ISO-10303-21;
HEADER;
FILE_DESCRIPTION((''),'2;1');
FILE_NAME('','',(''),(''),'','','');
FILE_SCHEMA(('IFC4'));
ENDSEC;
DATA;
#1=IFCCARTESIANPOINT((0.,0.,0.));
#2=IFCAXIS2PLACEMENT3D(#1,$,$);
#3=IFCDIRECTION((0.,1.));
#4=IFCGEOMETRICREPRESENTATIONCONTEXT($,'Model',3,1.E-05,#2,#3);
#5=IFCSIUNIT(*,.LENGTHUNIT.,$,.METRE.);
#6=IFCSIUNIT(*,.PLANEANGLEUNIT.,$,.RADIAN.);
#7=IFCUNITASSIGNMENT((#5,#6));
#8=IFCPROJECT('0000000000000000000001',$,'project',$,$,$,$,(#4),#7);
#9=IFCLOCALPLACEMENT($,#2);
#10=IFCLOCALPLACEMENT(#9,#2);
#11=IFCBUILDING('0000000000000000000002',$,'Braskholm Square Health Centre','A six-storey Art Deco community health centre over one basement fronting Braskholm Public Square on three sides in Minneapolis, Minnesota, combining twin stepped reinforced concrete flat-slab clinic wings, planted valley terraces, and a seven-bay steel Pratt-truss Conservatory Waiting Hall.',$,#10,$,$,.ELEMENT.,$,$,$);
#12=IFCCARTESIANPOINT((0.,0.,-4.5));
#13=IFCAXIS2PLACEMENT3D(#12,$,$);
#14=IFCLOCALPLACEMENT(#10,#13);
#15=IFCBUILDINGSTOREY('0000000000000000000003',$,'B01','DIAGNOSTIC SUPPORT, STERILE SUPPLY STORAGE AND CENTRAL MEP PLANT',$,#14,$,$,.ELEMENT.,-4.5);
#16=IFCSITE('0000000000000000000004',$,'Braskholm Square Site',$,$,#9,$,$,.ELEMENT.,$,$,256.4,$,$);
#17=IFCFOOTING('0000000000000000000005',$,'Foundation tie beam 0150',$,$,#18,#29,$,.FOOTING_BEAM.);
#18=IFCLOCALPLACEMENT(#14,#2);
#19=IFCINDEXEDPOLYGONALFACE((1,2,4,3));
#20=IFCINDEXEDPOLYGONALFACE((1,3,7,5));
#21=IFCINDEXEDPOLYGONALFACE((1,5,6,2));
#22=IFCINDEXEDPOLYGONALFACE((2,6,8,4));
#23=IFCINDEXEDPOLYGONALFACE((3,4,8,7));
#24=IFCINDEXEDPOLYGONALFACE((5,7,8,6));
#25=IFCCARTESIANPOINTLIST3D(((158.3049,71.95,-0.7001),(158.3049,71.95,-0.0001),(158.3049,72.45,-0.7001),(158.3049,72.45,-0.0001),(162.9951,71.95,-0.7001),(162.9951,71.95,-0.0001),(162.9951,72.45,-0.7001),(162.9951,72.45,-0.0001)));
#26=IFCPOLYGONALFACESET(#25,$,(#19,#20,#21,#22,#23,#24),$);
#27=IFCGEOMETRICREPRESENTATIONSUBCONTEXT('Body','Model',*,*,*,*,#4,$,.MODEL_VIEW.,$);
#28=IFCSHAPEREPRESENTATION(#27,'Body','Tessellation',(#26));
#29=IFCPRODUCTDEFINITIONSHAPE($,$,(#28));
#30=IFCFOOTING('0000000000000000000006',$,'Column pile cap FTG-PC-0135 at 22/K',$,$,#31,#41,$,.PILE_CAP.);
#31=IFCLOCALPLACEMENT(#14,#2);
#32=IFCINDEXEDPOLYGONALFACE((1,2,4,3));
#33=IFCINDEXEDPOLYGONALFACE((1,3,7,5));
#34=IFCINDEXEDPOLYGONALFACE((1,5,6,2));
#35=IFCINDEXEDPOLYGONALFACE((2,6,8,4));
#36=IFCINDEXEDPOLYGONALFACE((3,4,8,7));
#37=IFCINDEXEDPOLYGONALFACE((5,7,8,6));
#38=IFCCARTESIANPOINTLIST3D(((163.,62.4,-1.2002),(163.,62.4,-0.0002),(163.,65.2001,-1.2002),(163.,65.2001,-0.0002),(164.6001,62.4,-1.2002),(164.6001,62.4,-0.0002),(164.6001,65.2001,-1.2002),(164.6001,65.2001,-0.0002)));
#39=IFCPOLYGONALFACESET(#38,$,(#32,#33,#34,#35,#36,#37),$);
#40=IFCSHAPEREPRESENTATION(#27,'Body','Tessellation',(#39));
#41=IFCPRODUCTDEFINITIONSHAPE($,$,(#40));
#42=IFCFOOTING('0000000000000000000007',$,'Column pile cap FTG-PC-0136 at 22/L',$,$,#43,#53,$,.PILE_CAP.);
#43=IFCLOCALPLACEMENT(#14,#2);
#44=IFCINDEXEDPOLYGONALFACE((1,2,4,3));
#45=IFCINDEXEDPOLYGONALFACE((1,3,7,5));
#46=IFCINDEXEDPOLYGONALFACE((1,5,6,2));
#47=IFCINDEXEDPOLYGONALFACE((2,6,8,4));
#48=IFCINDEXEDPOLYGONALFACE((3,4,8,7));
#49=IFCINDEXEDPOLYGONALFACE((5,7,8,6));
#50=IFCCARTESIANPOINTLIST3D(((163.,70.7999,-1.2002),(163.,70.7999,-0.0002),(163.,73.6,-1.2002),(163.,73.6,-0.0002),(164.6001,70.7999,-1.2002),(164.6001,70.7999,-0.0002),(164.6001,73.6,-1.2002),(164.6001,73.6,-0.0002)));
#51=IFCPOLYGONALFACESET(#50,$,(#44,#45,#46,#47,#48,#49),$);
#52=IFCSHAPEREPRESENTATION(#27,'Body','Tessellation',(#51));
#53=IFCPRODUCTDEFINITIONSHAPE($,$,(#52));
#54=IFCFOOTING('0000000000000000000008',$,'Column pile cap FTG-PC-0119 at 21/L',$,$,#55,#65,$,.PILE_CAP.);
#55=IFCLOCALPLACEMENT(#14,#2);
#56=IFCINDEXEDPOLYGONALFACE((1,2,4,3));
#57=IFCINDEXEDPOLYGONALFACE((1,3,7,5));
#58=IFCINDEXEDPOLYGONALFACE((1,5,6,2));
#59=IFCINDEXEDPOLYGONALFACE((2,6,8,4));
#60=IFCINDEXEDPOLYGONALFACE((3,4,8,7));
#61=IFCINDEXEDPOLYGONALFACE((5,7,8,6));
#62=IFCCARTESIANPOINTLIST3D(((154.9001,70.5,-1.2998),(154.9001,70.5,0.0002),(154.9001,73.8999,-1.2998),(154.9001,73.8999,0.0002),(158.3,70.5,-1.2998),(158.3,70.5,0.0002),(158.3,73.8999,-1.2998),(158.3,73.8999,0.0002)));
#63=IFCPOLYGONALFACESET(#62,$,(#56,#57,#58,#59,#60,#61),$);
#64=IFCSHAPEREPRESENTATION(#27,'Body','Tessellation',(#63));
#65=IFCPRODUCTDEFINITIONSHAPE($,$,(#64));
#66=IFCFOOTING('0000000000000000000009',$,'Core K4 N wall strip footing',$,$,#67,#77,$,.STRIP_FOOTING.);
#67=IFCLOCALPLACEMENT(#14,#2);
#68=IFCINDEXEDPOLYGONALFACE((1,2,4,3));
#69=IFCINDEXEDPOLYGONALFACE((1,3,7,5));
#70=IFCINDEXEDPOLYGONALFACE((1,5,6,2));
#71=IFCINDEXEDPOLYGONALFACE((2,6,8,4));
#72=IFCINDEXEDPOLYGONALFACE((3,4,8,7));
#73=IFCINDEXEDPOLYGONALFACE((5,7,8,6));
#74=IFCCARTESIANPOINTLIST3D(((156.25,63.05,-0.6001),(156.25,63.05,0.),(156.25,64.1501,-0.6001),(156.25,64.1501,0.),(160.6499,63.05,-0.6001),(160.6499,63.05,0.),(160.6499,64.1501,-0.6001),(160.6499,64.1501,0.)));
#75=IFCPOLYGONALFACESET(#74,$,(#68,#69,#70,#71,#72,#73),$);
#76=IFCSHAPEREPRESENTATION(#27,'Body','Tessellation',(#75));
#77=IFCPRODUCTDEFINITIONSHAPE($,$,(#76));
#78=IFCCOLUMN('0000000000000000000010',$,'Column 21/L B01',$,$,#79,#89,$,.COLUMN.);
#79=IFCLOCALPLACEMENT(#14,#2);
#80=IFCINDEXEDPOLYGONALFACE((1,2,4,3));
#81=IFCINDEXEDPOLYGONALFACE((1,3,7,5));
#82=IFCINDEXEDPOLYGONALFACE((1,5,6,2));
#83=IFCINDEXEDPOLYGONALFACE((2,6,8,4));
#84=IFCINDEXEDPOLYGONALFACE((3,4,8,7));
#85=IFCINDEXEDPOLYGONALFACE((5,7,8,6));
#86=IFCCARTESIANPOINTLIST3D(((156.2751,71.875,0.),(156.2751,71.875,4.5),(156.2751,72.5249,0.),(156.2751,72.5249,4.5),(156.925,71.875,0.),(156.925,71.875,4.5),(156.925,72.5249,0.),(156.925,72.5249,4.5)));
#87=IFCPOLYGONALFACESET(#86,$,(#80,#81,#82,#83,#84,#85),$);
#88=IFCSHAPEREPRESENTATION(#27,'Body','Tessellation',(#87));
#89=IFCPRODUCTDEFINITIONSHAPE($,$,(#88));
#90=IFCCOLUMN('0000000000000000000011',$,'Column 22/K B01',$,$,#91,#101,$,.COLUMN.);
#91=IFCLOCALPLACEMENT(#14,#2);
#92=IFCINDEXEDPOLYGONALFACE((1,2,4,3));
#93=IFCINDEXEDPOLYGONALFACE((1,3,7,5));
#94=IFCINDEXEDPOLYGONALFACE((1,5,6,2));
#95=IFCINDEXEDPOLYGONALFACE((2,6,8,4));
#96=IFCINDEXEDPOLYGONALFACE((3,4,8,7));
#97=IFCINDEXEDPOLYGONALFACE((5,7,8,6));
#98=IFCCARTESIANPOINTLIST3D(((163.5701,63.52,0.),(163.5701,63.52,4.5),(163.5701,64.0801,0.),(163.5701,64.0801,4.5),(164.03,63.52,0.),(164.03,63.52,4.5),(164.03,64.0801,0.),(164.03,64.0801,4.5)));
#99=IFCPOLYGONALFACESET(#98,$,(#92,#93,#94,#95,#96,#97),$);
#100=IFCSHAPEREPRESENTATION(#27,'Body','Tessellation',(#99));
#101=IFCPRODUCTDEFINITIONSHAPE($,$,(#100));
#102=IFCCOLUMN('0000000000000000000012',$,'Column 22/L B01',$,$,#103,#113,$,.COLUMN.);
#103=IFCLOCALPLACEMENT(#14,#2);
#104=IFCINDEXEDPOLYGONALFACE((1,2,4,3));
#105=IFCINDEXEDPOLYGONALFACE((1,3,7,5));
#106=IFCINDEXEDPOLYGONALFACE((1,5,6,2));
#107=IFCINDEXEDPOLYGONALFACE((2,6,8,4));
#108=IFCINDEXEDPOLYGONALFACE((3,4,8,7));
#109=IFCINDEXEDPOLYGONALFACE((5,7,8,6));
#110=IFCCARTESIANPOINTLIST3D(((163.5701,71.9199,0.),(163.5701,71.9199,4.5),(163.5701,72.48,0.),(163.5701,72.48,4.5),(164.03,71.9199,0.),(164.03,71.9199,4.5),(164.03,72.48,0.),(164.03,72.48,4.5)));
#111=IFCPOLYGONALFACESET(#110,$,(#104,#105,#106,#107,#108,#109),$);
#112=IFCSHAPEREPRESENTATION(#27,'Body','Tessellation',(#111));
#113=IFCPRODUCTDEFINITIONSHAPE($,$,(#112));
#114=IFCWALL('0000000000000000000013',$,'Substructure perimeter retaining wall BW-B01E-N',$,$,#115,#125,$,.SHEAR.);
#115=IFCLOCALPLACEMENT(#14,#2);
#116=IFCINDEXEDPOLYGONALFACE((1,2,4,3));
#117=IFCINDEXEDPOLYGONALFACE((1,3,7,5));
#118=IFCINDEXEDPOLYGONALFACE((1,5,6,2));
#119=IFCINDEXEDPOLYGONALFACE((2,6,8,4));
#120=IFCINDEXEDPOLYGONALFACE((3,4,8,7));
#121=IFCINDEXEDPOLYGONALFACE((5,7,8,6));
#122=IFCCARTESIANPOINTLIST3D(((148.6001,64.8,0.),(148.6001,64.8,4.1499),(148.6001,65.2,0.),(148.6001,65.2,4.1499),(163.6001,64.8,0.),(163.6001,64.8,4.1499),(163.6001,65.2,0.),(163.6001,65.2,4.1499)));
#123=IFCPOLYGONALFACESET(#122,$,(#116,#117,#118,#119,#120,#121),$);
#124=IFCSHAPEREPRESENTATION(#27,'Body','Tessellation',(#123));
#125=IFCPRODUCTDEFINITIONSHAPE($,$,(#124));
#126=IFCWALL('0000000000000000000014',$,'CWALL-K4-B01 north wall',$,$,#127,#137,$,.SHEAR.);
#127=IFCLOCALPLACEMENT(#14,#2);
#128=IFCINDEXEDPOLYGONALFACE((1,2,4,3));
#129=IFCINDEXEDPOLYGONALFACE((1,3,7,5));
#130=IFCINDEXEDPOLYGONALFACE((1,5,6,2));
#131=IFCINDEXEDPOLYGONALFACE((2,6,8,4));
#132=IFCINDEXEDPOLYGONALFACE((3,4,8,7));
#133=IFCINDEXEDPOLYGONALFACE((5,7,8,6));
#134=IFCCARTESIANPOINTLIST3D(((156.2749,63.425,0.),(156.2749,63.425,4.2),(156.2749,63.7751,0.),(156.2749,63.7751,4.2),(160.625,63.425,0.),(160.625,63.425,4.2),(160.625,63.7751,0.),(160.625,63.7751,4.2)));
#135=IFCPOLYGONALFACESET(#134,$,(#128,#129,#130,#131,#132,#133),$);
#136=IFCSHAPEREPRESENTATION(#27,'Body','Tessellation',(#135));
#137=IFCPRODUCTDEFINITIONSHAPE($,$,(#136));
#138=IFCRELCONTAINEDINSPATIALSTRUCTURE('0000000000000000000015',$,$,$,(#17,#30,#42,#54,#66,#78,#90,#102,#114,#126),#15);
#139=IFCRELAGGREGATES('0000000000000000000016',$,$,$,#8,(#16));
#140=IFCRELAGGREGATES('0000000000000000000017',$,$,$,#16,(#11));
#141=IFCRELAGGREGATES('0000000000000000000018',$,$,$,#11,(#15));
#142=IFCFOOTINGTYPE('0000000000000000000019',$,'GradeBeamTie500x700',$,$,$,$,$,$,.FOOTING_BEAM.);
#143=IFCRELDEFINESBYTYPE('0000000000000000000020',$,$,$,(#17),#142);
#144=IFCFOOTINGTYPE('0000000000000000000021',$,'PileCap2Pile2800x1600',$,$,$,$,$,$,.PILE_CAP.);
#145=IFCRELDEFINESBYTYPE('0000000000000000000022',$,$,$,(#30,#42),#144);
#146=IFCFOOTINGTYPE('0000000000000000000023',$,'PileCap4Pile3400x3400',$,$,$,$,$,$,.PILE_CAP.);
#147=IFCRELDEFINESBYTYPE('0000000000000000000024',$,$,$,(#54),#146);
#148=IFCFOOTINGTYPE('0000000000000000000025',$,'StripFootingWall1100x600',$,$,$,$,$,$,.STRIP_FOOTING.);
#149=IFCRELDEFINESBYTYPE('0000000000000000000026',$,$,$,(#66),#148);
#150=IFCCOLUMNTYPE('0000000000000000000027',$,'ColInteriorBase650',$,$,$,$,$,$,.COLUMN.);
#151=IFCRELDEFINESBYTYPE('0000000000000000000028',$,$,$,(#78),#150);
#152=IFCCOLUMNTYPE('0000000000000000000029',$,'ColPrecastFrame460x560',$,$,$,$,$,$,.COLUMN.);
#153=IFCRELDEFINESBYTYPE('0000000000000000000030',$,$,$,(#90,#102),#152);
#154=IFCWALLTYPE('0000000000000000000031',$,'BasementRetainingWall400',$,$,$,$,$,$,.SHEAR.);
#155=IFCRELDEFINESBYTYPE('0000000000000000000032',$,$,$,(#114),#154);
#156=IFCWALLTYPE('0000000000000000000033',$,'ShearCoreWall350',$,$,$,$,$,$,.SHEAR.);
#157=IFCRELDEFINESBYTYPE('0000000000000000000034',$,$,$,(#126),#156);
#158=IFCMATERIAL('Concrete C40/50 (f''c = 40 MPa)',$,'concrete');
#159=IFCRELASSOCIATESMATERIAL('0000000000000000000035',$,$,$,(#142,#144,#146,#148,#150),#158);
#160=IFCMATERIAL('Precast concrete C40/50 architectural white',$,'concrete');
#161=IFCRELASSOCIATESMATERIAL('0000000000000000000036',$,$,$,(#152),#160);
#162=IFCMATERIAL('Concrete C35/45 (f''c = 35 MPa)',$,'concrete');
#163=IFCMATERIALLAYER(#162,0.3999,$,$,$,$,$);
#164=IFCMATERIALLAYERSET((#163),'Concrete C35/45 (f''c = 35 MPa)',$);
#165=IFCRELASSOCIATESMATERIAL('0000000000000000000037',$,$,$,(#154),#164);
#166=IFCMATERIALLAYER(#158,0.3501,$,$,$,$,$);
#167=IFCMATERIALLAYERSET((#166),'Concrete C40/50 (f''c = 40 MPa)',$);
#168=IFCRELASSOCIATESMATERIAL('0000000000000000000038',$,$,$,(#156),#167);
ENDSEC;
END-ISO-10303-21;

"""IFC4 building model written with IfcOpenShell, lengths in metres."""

from ifc_helpers import new_model, si_unit, direction, frame, frame_2d, origin, origin_2d, place, context, subcontext, project, spatial, rectangle, extrude, material, layer, layer_set, material_profile, profile_set, type_object, element, save


model = new_model("IFC4")

# Units and contexts
model_context = context("Model", 3, precision=1e-05, world=origin(), true_north=direction((0.0, 1.0)))
body_context = subcontext(model_context, "Body", "Model", "MODEL_VIEW")
ifc_project = project(units=[si_unit("LENGTHUNIT", "METRE"), si_unit("PLANEANGLEUNIT", "RADIAN")], contexts=[model_context])

# Site, building, storey
site_placement = place(None, origin())
site = spatial("IfcSite", under=ifc_project, at=site_placement, Name="Braskholm Square Site", CompositionType="ELEMENT", RefElevation=256.4)
building_placement = place(site_placement, origin())
building = spatial("IfcBuilding", under=site, at=building_placement, Name="Braskholm Square Health Centre", Description="A six-storey Art Deco community health centre over one basement fronting Braskholm Public Square on three sides in Minneapolis, Minnesota, combining twin stepped reinforced concrete flat-slab clinic wings, planted valley terraces, and a seven-bay steel Pratt-truss Conservatory Waiting Hall.", CompositionType="ELEMENT")
storey_placement = place(building_placement, frame((0.0, 0.0, -4.5)))
storey = spatial("IfcBuildingStorey", under=building, at=storey_placement, Name="B01", Description="DIAGNOSTIC SUPPORT, STERILE SUPPLY STORAGE AND CENTRAL MEP PLANT", CompositionType="ELEMENT", Elevation=-4.5)

# Shared definitions
ifc_material_1 = material(Name="Concrete C40/50 (f'c = 40 MPa)", Category="concrete")

# Footings
ifc_material_profile_1 = material_profile(ifc_material_1, rectangle(XDim=0.5, YDim=0.7, at=origin_2d()), Name="FTG-500X700")
ifc_profile_set_1 = profile_set([ifc_material_profile_1], Name="Concrete C40/50 (f'c = 40 MPa)")
footing_type_1 = type_object("IfcFootingType", Name="GradeBeamTie500x700", PredefinedType="FOOTING_BEAM", material=ifc_profile_set_1)
footing_1_placement = place(storey_placement, frame((158.3049, 72.2, -0.3501), z_axis=(1.0, 0.0, 0.0), x_axis=(0.0, 1.0, 0.0)))
element("IfcFooting", 1, at=footing_1_placement, inside=storey, type_object=footing_type_1, Name="Foundation tie beam 0150", PredefinedType="FOOTING_BEAM", context=body_context, shape_type="SweptSolid", body=[
    extrude(rectangle(XDim=0.5, YDim=0.7, at=origin_2d()), origin(), (0.0, 0.0, 1.0), 4.6902),
])
footing_type_2 = type_object("IfcFootingType", Name="PileCap2Pile2800x1600", PredefinedType="PILE_CAP", material=ifc_material_1)
for number, where, z_axis, x_axis, name in (
    (2, (163.8, 63.8, -1.2002), (0.0, 0.0, 1.0), (0.0, 1.0, 0.0), "Column pile cap FTG-PC-0135 at 22/K"),
    (3, (163.8, 72.2, -1.2002), (0.0, 0.0, 1.0), (0.0, 1.0, 0.0), "Column pile cap FTG-PC-0136 at 22/L"),
):
    element("IfcFooting", number, at=place(storey_placement, frame(where, z_axis=z_axis, x_axis=x_axis)), inside=storey, type_object=footing_type_2, Name=name, PredefinedType="PILE_CAP", context=body_context, shape_type="SweptSolid", body=[
        extrude(rectangle(XDim=2.8, YDim=1.6001, at=origin_2d()), origin(), (0.0, 0.0, 1.0), 1.2),
    ])
footing_type_3 = type_object("IfcFootingType", Name="PileCap4Pile3400x3400", PredefinedType="PILE_CAP", material=ifc_material_1)
footing_2_placement = place(storey_placement, frame((156.6001, 72.2, -1.2998), z_axis=(0.0, 0.0, 1.0), x_axis=(1.0, 0.0, 0.0)))
element("IfcFooting", 4, at=footing_2_placement, inside=storey, type_object=footing_type_3, Name="Column pile cap FTG-PC-0119 at 21/L", PredefinedType="PILE_CAP", context=body_context, shape_type="SweptSolid", body=[
    extrude(rectangle(XDim=3.3999, YDim=3.3999, at=origin_2d()), origin(), (0.0, 0.0, 1.0), 1.3),
])
ifc_material_profile_2 = material_profile(ifc_material_1, rectangle(XDim=1.1001, YDim=0.6001, at=origin_2d()), Name="FTG-1100X600")
ifc_profile_set_2 = profile_set([ifc_material_profile_2], Name="Concrete C40/50 (f'c = 40 MPa)")
footing_type_4 = type_object("IfcFootingType", Name="StripFootingWall1100x600", PredefinedType="STRIP_FOOTING", material=ifc_profile_set_2)
footing_3_placement = place(storey_placement, frame((156.25, 63.6001, -0.3), z_axis=(1.0, 0.0, 0.0), x_axis=(0.0, 1.0, 0.0)))
element("IfcFooting", 5, at=footing_3_placement, inside=storey, type_object=footing_type_4, Name="Core K4 N wall strip footing", PredefinedType="STRIP_FOOTING", context=body_context, shape_type="SweptSolid", body=[
    extrude(rectangle(XDim=1.1001, YDim=0.6001, at=origin_2d()), origin(), (0.0, 0.0, 1.0), 4.3999),
])

# Columns
ifc_material_profile_3 = material_profile(ifc_material_1, rectangle(XDim=0.6499, YDim=0.6499, at=origin_2d()), Name="RC-650X650")
ifc_profile_set_3 = profile_set([ifc_material_profile_3], Name="Concrete C40/50 (f'c = 40 MPa)")
column_type_1 = type_object("IfcColumnType", Name="ColInteriorBase650", PredefinedType="COLUMN", material=ifc_profile_set_3)
column_placement = place(storey_placement, frame((156.6001, 72.2, 0.0), z_axis=(0.0, 0.0, 1.0), x_axis=(1.0, 0.0, 0.0)))
element("IfcColumn", 6, at=column_placement, inside=storey, type_object=column_type_1, Name="Column 21/L B01", PredefinedType="COLUMN", context=body_context, shape_type="SweptSolid", body=[
    extrude(rectangle(XDim=0.6499, YDim=0.6499, at=origin_2d()), origin(), (0.0, 0.0, 1.0), 4.5),
])
ifc_material_2 = material(Name="Precast concrete C40/50 architectural white", Category="concrete")
ifc_material_profile_4 = material_profile(ifc_material_2, rectangle(XDim=0.46, YDim=0.5601, at=origin_2d()), Name="RC-460X560")
ifc_profile_set_4 = profile_set([ifc_material_profile_4], Name="Precast concrete C40/50 architectural white")
column_type_2 = type_object("IfcColumnType", Name="ColPrecastFrame460x560", PredefinedType="COLUMN", material=ifc_profile_set_4)
for number, where, z_axis, x_axis, name in (
    (7, (163.8, 63.8, 0.0), (0.0, 0.0, 1.0), (1.0, 0.0, 0.0), "Column 22/K B01"),
    (8, (163.8, 72.2, 0.0), (0.0, 0.0, 1.0), (1.0, 0.0, 0.0), "Column 22/L B01"),
):
    element("IfcColumn", number, at=place(storey_placement, frame(where, z_axis=z_axis, x_axis=x_axis)), inside=storey, type_object=column_type_2, Name=name, PredefinedType="COLUMN", context=body_context, shape_type="SweptSolid", body=[
        extrude(rectangle(XDim=0.46, YDim=0.5601, at=origin_2d()), origin(), (0.0, 0.0, 1.0), 4.5),
    ])

# Walls
ifc_material_3 = material(Name="Concrete C35/45 (f'c = 35 MPa)", Category="concrete")
ifc_layer_1 = layer(ifc_material_3, 0.3999)
ifc_layer_set_1 = layer_set([ifc_layer_1], Name="Concrete C35/45 (f'c = 35 MPa)")
wall_type_1 = type_object("IfcWallType", Name="BasementRetainingWall400", PredefinedType="SHEAR", material=ifc_layer_set_1)
wall_1_placement = place(storey_placement, frame((163.6001, 65.0, 0.0), z_axis=(0.0, 0.0, 1.0), x_axis=(-1.0, 0.0, 0.0)))
element("IfcWall", 9, at=wall_1_placement, inside=storey, type_object=wall_type_1, Name="Substructure perimeter retaining wall BW-B01E-N", PredefinedType="SHEAR", context=body_context, shape_type="SweptSolid", body=[
    extrude(rectangle(XDim=15.0, YDim=0.3999, at=frame_2d((7.5, 0.0))), origin(), (0.0, 0.0, 1.0), 4.1499),
])
ifc_layer_2 = layer(ifc_material_1, 0.3501)
ifc_layer_set_2 = layer_set([ifc_layer_2], Name="Concrete C40/50 (f'c = 40 MPa)")
wall_type_2 = type_object("IfcWallType", Name="ShearCoreWall350", PredefinedType="SHEAR", material=ifc_layer_set_2)
wall_2_placement = place(storey_placement, frame((160.625, 63.6001, 0.0), z_axis=(0.0, 0.0, 1.0), x_axis=(-1.0, 0.0, 0.0)))
element("IfcWall", 10, at=wall_2_placement, inside=storey, type_object=wall_type_2, Name="CWALL-K4-B01 north wall", PredefinedType="SHEAR", context=body_context, shape_type="SweptSolid", body=[
    extrude(rectangle(XDim=4.3501, YDim=0.3501, at=frame_2d((2.175, 0.0))), origin(), (0.0, 0.0, 1.0), 4.2),
])

save(model, "model.ifc")
